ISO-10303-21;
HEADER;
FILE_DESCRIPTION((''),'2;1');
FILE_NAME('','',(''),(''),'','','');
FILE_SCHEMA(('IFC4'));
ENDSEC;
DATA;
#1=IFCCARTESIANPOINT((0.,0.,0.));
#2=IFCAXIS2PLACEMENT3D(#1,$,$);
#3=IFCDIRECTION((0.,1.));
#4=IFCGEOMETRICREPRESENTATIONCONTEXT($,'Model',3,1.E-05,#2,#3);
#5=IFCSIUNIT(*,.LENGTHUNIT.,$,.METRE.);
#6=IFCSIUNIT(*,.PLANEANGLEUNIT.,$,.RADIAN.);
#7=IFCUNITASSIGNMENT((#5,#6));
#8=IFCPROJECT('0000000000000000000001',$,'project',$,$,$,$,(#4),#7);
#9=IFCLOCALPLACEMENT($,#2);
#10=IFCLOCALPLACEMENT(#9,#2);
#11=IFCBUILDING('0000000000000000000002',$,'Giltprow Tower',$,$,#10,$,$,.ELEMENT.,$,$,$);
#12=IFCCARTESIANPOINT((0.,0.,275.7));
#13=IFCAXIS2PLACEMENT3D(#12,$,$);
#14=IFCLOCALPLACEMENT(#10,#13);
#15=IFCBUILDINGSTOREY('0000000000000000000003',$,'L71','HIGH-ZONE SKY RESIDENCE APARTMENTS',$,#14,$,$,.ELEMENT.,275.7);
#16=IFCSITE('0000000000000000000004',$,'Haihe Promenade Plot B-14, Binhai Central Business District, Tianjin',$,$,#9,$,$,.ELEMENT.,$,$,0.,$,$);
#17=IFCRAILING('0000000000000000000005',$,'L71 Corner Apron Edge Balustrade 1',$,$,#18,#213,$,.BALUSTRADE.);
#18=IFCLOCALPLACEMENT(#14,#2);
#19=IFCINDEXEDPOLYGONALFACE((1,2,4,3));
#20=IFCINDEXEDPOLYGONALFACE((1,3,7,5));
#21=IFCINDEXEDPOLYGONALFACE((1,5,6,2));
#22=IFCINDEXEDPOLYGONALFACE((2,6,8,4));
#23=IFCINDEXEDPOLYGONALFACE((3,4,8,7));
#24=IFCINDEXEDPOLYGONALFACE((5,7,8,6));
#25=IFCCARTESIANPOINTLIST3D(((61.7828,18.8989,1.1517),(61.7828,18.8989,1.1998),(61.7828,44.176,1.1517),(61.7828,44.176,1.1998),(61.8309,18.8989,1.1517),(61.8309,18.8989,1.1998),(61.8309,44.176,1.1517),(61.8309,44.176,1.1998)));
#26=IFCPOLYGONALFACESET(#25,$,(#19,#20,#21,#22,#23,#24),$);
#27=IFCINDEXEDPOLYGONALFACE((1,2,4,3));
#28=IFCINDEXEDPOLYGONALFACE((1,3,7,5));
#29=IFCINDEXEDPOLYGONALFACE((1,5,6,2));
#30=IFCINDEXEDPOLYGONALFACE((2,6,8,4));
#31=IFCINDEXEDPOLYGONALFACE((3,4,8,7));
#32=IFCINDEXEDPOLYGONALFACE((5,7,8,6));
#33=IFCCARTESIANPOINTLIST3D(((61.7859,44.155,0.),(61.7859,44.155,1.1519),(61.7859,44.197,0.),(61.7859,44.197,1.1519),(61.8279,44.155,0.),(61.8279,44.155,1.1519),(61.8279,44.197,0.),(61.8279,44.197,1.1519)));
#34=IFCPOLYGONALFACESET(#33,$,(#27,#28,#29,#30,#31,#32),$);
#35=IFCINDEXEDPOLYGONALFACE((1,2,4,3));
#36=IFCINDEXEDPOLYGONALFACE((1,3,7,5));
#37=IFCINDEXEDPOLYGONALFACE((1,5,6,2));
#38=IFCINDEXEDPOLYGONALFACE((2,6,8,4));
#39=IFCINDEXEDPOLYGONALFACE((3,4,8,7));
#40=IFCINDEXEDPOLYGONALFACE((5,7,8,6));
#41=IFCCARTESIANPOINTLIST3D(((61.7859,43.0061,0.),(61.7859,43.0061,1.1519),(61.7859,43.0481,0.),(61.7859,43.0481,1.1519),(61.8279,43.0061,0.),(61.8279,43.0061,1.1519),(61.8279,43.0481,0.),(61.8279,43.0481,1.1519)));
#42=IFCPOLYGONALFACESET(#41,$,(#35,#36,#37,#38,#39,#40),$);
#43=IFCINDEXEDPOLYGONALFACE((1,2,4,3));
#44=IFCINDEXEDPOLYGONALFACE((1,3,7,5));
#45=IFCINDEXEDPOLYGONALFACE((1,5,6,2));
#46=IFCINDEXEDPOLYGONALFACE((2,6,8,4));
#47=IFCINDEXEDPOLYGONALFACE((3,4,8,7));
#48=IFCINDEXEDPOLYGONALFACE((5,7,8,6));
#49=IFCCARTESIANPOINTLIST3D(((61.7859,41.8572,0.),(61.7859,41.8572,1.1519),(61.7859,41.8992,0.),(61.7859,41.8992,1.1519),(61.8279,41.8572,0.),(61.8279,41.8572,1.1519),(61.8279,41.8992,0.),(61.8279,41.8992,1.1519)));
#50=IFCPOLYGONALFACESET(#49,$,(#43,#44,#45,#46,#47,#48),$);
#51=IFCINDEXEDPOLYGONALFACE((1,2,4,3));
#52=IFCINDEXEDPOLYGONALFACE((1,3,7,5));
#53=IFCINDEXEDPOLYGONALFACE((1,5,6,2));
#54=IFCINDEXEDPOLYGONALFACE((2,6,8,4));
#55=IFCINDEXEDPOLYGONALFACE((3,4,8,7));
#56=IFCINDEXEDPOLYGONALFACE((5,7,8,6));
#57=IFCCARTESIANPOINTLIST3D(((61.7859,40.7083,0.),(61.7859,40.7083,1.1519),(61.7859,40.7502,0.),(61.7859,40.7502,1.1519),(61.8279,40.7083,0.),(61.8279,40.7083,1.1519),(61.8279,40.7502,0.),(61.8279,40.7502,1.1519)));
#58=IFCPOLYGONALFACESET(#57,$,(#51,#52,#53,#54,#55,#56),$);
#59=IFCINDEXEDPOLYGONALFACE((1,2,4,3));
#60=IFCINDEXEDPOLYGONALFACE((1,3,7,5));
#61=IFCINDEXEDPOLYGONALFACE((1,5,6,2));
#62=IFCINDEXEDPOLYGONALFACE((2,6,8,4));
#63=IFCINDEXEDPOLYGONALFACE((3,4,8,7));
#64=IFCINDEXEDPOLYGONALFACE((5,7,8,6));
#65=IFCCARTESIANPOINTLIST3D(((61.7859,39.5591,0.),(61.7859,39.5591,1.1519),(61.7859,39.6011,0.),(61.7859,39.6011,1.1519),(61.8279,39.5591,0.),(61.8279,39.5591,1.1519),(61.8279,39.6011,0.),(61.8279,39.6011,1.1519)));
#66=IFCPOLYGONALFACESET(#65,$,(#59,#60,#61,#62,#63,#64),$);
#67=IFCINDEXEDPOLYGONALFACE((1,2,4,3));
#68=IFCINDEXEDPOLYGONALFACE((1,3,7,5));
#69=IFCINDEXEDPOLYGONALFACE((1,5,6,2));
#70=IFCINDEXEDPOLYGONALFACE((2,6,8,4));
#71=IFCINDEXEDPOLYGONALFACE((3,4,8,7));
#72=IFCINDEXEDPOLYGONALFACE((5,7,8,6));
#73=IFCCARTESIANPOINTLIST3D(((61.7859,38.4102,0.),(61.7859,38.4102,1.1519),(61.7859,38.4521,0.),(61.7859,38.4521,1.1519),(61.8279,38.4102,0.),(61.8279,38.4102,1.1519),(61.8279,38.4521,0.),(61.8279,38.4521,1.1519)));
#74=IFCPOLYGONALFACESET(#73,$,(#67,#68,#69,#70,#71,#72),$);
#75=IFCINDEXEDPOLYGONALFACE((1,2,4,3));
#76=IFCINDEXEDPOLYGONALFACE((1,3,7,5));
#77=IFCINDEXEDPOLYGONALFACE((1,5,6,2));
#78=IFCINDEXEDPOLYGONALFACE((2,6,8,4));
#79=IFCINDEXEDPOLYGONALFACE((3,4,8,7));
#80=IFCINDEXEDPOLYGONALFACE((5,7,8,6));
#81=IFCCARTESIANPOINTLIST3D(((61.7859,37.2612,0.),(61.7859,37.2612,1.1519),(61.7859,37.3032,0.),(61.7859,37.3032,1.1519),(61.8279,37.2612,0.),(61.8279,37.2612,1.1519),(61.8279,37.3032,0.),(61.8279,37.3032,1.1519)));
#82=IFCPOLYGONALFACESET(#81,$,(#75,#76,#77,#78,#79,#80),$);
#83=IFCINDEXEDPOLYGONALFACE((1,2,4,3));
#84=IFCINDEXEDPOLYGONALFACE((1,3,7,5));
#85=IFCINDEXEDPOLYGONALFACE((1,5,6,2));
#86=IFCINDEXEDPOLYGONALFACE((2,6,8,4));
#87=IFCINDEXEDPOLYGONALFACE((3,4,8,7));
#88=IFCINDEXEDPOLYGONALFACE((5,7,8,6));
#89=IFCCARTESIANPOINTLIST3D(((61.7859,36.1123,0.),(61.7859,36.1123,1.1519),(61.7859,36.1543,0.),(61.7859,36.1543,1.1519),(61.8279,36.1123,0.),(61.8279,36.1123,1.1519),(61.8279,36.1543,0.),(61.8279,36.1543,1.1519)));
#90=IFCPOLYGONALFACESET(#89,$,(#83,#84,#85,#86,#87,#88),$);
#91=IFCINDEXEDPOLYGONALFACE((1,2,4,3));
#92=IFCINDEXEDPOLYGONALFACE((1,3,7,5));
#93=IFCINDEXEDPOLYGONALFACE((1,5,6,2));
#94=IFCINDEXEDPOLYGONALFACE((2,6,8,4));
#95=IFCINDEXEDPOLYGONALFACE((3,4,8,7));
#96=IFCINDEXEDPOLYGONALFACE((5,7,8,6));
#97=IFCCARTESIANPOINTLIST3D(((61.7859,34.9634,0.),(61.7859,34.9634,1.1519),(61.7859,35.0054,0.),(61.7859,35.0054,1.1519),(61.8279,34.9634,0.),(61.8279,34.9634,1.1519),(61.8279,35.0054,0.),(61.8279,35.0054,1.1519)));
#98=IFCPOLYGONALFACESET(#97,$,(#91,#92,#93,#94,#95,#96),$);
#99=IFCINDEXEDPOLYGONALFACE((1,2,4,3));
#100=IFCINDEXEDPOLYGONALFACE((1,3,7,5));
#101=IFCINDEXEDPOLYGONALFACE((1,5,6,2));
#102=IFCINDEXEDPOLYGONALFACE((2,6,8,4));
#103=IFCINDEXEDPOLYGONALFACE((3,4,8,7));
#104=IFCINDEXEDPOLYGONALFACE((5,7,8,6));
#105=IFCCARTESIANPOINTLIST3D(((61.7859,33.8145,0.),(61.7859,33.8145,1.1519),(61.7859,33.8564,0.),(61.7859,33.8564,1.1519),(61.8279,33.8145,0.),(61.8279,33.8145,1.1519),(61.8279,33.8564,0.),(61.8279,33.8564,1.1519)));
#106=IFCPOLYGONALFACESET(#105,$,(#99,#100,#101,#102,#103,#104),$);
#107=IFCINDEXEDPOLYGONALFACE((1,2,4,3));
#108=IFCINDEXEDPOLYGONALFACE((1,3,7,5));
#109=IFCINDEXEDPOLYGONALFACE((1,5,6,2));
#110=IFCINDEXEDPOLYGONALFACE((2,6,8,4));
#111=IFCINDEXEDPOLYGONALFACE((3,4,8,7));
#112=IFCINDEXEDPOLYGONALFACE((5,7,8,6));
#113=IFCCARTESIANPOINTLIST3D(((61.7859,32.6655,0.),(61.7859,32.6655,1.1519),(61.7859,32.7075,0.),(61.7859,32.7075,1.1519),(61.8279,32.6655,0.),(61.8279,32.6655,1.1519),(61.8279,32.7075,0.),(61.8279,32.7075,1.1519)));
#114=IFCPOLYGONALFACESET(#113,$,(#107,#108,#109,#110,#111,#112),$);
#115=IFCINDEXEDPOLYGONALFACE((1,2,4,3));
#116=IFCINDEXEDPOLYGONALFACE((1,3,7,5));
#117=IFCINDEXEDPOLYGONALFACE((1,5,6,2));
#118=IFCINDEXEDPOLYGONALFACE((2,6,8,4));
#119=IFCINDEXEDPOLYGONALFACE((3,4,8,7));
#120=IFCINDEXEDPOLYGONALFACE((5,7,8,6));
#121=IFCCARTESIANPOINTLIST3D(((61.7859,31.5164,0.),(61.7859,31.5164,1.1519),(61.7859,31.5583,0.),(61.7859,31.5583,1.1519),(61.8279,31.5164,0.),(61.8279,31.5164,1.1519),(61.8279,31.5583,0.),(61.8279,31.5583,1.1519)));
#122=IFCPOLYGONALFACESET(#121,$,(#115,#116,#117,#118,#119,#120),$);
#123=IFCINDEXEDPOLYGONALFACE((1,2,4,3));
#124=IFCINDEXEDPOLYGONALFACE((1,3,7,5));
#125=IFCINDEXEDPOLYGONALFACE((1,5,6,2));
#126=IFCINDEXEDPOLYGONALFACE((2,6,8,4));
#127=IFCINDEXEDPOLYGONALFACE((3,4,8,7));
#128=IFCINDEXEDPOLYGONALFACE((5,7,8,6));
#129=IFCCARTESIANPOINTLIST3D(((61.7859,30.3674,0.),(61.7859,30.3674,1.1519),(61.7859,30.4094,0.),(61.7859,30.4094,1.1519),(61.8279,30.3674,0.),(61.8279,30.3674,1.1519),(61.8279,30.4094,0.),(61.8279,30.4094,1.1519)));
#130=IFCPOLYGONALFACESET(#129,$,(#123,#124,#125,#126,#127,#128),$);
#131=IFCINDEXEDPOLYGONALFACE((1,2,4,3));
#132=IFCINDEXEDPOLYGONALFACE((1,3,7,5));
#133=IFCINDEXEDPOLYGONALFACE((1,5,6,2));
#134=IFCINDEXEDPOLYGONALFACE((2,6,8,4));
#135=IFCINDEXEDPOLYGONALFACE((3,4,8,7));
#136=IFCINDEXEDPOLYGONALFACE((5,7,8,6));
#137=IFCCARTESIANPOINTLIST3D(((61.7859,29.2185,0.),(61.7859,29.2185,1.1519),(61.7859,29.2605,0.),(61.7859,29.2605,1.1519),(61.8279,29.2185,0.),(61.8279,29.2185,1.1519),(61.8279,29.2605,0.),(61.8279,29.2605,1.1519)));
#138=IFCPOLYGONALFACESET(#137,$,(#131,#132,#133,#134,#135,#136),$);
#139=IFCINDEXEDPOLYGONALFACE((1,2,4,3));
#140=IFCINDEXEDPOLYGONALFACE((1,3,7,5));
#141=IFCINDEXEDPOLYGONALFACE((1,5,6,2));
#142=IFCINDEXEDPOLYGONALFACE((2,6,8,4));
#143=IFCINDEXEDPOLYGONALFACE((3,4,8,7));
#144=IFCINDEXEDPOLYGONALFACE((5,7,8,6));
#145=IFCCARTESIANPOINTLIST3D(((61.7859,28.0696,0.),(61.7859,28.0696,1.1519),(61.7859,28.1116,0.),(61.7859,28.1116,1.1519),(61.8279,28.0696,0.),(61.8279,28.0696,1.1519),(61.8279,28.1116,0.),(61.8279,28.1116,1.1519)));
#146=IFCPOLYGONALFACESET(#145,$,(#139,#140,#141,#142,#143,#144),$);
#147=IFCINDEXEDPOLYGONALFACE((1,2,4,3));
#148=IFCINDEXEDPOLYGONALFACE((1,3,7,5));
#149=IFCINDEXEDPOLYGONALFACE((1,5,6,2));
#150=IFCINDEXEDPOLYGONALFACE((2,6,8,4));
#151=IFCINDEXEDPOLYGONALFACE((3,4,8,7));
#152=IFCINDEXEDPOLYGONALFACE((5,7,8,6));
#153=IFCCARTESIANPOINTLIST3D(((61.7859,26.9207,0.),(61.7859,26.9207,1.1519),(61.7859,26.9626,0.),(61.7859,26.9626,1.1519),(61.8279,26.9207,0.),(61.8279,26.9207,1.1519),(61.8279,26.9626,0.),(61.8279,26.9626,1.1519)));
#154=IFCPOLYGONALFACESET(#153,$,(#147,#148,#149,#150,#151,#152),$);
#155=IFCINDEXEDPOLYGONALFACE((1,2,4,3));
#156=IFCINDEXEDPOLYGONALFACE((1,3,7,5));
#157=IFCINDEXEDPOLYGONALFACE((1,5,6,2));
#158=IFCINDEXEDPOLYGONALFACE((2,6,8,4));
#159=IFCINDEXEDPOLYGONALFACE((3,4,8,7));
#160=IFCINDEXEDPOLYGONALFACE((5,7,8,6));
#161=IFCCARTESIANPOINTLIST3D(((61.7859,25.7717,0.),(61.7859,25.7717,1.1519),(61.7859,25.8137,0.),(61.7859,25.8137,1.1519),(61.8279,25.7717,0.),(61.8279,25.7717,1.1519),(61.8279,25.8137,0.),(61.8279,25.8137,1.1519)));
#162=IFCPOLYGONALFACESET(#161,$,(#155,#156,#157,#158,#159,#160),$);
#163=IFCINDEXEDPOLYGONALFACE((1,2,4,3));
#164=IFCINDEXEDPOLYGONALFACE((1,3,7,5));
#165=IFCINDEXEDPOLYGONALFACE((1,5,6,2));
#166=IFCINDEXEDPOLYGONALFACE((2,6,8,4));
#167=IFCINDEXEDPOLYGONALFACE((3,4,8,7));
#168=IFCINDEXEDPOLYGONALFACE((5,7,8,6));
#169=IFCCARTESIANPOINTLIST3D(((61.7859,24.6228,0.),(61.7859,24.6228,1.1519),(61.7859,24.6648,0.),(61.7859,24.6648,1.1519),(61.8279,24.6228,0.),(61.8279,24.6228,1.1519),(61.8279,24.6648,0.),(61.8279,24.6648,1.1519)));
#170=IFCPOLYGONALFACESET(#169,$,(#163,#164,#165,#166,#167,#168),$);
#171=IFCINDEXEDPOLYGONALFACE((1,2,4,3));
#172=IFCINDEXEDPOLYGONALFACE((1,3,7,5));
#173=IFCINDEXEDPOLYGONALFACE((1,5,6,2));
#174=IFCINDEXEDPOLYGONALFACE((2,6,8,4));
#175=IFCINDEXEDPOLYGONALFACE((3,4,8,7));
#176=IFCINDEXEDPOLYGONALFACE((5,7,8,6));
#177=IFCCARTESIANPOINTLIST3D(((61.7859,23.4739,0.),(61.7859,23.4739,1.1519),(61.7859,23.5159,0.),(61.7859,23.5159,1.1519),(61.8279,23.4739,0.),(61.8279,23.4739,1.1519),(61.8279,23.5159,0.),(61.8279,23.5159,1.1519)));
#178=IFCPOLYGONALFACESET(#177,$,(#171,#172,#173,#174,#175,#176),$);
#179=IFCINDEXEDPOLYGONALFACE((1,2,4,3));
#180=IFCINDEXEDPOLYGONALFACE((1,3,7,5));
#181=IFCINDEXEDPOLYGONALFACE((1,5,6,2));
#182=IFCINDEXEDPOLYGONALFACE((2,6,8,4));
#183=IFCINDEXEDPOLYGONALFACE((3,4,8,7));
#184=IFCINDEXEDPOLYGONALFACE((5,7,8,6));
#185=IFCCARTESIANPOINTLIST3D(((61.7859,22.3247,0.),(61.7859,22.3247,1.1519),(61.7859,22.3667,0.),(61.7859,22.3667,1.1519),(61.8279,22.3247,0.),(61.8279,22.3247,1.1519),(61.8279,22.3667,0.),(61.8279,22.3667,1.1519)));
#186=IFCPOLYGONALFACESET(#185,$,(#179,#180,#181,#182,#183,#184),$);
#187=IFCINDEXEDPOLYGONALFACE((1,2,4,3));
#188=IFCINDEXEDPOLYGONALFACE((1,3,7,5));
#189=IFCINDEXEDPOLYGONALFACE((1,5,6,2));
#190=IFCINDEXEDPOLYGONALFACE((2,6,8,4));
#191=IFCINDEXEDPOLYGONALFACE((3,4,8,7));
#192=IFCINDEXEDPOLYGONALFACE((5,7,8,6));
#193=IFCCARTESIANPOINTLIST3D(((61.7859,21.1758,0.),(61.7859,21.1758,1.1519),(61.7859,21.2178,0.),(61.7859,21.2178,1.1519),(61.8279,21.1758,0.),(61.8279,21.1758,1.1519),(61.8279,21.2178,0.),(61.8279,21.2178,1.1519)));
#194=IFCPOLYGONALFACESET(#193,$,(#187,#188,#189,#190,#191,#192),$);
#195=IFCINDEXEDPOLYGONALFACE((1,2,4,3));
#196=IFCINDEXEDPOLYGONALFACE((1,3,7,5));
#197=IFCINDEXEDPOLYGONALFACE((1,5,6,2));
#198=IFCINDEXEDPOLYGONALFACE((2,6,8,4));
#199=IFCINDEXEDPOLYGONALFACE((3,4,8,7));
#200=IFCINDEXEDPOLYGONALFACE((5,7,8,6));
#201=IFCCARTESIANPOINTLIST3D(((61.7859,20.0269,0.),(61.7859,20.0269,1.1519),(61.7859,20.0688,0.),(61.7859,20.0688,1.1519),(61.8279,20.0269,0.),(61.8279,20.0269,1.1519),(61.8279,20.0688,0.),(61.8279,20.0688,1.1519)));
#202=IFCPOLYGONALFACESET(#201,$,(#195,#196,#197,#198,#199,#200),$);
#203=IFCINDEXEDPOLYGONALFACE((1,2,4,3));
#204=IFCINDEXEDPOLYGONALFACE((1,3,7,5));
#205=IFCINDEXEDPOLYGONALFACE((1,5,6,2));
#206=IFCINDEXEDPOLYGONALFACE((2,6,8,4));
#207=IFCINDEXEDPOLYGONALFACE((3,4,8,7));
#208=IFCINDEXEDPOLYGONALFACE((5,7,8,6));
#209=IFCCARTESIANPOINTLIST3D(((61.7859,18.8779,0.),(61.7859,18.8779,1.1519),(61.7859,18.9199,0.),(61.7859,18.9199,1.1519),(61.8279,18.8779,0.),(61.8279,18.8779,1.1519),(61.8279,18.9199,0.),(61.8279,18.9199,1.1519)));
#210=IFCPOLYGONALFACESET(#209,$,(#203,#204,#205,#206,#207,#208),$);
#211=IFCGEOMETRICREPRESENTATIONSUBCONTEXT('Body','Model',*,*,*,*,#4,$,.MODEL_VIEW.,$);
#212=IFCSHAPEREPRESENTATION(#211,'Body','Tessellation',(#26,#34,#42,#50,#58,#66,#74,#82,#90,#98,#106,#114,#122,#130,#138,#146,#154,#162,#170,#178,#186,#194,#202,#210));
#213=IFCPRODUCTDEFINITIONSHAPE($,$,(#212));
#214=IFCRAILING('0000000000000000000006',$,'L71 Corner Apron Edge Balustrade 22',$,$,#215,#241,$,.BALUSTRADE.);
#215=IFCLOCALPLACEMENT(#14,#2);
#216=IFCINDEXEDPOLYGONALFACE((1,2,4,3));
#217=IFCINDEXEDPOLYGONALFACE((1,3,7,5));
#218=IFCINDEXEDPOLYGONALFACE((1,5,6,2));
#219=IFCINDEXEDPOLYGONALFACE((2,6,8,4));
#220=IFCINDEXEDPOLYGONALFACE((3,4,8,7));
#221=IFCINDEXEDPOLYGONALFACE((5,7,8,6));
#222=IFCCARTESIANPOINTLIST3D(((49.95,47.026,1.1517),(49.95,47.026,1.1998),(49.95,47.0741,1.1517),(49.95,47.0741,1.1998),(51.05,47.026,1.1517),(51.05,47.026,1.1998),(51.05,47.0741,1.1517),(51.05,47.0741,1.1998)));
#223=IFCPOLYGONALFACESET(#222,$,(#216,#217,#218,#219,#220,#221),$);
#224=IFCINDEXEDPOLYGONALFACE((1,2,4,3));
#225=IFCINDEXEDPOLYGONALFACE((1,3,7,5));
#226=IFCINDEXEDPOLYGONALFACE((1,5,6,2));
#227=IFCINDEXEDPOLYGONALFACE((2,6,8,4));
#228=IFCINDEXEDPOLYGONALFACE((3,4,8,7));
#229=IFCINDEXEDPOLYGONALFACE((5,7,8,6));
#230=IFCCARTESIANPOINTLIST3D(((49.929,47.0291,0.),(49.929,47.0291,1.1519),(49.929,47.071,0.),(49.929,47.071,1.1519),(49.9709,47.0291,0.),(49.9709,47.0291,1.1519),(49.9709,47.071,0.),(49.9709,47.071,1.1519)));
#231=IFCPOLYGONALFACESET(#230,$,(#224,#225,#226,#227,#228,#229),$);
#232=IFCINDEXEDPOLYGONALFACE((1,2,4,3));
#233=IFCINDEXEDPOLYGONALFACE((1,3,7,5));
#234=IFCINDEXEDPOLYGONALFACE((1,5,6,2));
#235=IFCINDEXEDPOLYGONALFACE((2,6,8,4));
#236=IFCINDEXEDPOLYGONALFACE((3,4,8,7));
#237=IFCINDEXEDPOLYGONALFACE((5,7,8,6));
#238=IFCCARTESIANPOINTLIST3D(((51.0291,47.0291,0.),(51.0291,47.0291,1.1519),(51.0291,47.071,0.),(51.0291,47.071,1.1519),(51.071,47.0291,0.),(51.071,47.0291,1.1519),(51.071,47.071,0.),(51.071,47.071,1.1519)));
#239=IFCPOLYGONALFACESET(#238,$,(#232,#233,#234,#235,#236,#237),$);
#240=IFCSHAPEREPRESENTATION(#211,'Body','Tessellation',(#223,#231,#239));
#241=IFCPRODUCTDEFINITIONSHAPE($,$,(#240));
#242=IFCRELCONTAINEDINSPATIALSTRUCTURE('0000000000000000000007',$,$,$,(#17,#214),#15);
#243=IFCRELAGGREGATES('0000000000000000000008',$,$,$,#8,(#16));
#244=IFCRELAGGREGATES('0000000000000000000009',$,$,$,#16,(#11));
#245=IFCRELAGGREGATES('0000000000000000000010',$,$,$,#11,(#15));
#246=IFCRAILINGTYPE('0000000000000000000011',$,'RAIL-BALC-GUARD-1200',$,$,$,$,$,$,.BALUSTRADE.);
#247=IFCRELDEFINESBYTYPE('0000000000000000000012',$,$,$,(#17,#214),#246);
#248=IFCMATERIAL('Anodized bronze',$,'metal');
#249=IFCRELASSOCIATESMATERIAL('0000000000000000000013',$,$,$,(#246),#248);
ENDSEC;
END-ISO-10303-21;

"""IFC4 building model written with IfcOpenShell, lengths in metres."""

from ifc_helpers import new_model, si_unit, direction, frame, origin, origin_2d, place, context, subcontext, project, spatial, rectangle, extrude, material, type_object, element, save


model = new_model("IFC4")

# Units and contexts
model_context = context("Model", 3, precision=1e-05, world=origin(), true_north=direction((0.0, 1.0)))
body_context = subcontext(model_context, "Body", "Model", "MODEL_VIEW")
ifc_project = project(units=[si_unit("LENGTHUNIT", "METRE"), si_unit("PLANEANGLEUNIT", "RADIAN")], contexts=[model_context])

# Site, building, storey
site_placement = place(None, origin())
site = spatial("IfcSite", under=ifc_project, at=site_placement, Name="Haihe Promenade Plot B-14, Binhai Central Business District, Tianjin", CompositionType="ELEMENT", RefElevation=0.0)
building_placement = place(site_placement, origin())
building = spatial("IfcBuilding", under=site, at=building_placement, Name="Giltprow Tower", CompositionType="ELEMENT")
storey_placement = place(building_placement, frame((0.0, 0.0, 275.7)))
storey = spatial("IfcBuildingStorey", under=building, at=storey_placement, Name="L71", Description="HIGH-ZONE SKY RESIDENCE APARTMENTS", CompositionType="ELEMENT", Elevation=275.7)

# Railings
ifc_material_1 = material(Name="Anodized bronze", Category="metal")
railing_type = type_object("IfcRailingType", Name="RAIL-BALC-GUARD-1200", PredefinedType="BALUSTRADE", material=ifc_material_1)
railing_1_placement = place(storey_placement, frame((61.8069, 44.176, 0.0)))
element("IfcRailing", 1, at=railing_1_placement, inside=storey, type_object=railing_type, Name="L71 Corner Apron Edge Balustrade 1", PredefinedType="BALUSTRADE", context=body_context, shape_type="SweptSolid", body=[
    extrude(rectangle(XDim=0.0481, YDim=0.0481, at=origin_2d()), frame((0.0, 0.0, 1.1758), z_axis=(0.0, -1.0, 0.0), x_axis=(1.0, 0.0, 0.0)), (0.0, 0.0, 1.0), 25.2771),
    extrude(rectangle(XDim=0.042, YDim=0.042, at=origin_2d()), origin(), (0.0, 0.0, 1.0), 1.1519),
    extrude(rectangle(XDim=0.042, YDim=0.042, at=origin_2d()), frame((0.0, -1.1489, 0.0)), (0.0, 0.0, 1.0), 1.1519),
    extrude(rectangle(XDim=0.042, YDim=0.042, at=origin_2d()), frame((0.0, -2.2979, 0.0)), (0.0, 0.0, 1.0), 1.1519),
    extrude(rectangle(XDim=0.042, YDim=0.042, at=origin_2d()), frame((0.0, -3.4468, 0.0)), (0.0, 0.0, 1.0), 1.1519),
    extrude(rectangle(XDim=0.042, YDim=0.042, at=origin_2d()), frame((0.0, -4.5959, 0.0)), (0.0, 0.0, 1.0), 1.1519),
    extrude(rectangle(XDim=0.042, YDim=0.042, at=origin_2d()), frame((0.0, -5.7449, 0.0)), (0.0, 0.0, 1.0), 1.1519),
    extrude(rectangle(XDim=0.042, YDim=0.042, at=origin_2d()), frame((0.0, -6.8938, 0.0)), (0.0, 0.0, 1.0), 1.1519),
    extrude(rectangle(XDim=0.042, YDim=0.042, at=origin_2d()), frame((0.0, -8.0427, 0.0)), (0.0, 0.0, 1.0), 1.1519),
    extrude(rectangle(XDim=0.042, YDim=0.042, at=origin_2d()), frame((0.0, -9.1917, 0.0)), (0.0, 0.0, 1.0), 1.1519),
    extrude(rectangle(XDim=0.042, YDim=0.042, at=origin_2d()), frame((0.0, -10.3406, 0.0)), (0.0, 0.0, 1.0), 1.1519),
    extrude(rectangle(XDim=0.042, YDim=0.042, at=origin_2d()), frame((0.0, -11.4895, 0.0)), (0.0, 0.0, 1.0), 1.1519),
    extrude(rectangle(XDim=0.042, YDim=0.042, at=origin_2d()), frame((0.0, -12.6387, 0.0)), (0.0, 0.0, 1.0), 1.1519),
    extrude(rectangle(XDim=0.042, YDim=0.042, at=origin_2d()), frame((0.0, -13.7876, 0.0)), (0.0, 0.0, 1.0), 1.1519),
    extrude(rectangle(XDim=0.042, YDim=0.042, at=origin_2d()), frame((0.0, -14.9365, 0.0)), (0.0, 0.0, 1.0), 1.1519),
    extrude(rectangle(XDim=0.042, YDim=0.042, at=origin_2d()), frame((0.0, -16.0854, 0.0)), (0.0, 0.0, 1.0), 1.1519),
    extrude(rectangle(XDim=0.042, YDim=0.042, at=origin_2d()), frame((0.0, -17.2344, 0.0)), (0.0, 0.0, 1.0), 1.1519),
    extrude(rectangle(XDim=0.042, YDim=0.042, at=origin_2d()), frame((0.0, -18.3833, 0.0)), (0.0, 0.0, 1.0), 1.1519),
    extrude(rectangle(XDim=0.042, YDim=0.042, at=origin_2d()), frame((0.0, -19.5322, 0.0)), (0.0, 0.0, 1.0), 1.1519),
    extrude(rectangle(XDim=0.042, YDim=0.042, at=origin_2d()), frame((0.0, -20.6812, 0.0)), (0.0, 0.0, 1.0), 1.1519),
    extrude(rectangle(XDim=0.042, YDim=0.042, at=origin_2d()), frame((0.0, -21.8303, 0.0)), (0.0, 0.0, 1.0), 1.1519),
    extrude(rectangle(XDim=0.042, YDim=0.042, at=origin_2d()), frame((0.0, -22.9792, 0.0)), (0.0, 0.0, 1.0), 1.1519),
    extrude(rectangle(XDim=0.042, YDim=0.042, at=origin_2d()), frame((0.0, -24.1282, 0.0)), (0.0, 0.0, 1.0), 1.1519),
    extrude(rectangle(XDim=0.042, YDim=0.042, at=origin_2d()), frame((0.0, -25.2771, 0.0)), (0.0, 0.0, 1.0), 1.1519),
])
railing_2_placement = place(storey_placement, frame((49.95, 47.05, 0.0)))
element("IfcRailing", 2, at=railing_2_placement, inside=storey, type_object=railing_type, Name="L71 Corner Apron Edge Balustrade 22", PredefinedType="BALUSTRADE", context=body_context, shape_type="SweptSolid", body=[
    extrude(rectangle(XDim=0.0481, YDim=0.0481, at=origin_2d()), frame((0.0, 0.0, 1.1758), z_axis=(1.0, 0.0, 0.0), x_axis=(0.0, 1.0, 0.0)), (0.0, 0.0, 1.0), 1.1001),
    extrude(rectangle(XDim=0.042, YDim=0.042, at=origin_2d()), origin(), (0.0, 0.0, 1.0), 1.1519),
    extrude(rectangle(XDim=0.042, YDim=0.042, at=origin_2d()), frame((1.1001, 0.0, 0.0)), (0.0, 0.0, 1.0), 1.1519),
])

save(model, "model.ifc")
